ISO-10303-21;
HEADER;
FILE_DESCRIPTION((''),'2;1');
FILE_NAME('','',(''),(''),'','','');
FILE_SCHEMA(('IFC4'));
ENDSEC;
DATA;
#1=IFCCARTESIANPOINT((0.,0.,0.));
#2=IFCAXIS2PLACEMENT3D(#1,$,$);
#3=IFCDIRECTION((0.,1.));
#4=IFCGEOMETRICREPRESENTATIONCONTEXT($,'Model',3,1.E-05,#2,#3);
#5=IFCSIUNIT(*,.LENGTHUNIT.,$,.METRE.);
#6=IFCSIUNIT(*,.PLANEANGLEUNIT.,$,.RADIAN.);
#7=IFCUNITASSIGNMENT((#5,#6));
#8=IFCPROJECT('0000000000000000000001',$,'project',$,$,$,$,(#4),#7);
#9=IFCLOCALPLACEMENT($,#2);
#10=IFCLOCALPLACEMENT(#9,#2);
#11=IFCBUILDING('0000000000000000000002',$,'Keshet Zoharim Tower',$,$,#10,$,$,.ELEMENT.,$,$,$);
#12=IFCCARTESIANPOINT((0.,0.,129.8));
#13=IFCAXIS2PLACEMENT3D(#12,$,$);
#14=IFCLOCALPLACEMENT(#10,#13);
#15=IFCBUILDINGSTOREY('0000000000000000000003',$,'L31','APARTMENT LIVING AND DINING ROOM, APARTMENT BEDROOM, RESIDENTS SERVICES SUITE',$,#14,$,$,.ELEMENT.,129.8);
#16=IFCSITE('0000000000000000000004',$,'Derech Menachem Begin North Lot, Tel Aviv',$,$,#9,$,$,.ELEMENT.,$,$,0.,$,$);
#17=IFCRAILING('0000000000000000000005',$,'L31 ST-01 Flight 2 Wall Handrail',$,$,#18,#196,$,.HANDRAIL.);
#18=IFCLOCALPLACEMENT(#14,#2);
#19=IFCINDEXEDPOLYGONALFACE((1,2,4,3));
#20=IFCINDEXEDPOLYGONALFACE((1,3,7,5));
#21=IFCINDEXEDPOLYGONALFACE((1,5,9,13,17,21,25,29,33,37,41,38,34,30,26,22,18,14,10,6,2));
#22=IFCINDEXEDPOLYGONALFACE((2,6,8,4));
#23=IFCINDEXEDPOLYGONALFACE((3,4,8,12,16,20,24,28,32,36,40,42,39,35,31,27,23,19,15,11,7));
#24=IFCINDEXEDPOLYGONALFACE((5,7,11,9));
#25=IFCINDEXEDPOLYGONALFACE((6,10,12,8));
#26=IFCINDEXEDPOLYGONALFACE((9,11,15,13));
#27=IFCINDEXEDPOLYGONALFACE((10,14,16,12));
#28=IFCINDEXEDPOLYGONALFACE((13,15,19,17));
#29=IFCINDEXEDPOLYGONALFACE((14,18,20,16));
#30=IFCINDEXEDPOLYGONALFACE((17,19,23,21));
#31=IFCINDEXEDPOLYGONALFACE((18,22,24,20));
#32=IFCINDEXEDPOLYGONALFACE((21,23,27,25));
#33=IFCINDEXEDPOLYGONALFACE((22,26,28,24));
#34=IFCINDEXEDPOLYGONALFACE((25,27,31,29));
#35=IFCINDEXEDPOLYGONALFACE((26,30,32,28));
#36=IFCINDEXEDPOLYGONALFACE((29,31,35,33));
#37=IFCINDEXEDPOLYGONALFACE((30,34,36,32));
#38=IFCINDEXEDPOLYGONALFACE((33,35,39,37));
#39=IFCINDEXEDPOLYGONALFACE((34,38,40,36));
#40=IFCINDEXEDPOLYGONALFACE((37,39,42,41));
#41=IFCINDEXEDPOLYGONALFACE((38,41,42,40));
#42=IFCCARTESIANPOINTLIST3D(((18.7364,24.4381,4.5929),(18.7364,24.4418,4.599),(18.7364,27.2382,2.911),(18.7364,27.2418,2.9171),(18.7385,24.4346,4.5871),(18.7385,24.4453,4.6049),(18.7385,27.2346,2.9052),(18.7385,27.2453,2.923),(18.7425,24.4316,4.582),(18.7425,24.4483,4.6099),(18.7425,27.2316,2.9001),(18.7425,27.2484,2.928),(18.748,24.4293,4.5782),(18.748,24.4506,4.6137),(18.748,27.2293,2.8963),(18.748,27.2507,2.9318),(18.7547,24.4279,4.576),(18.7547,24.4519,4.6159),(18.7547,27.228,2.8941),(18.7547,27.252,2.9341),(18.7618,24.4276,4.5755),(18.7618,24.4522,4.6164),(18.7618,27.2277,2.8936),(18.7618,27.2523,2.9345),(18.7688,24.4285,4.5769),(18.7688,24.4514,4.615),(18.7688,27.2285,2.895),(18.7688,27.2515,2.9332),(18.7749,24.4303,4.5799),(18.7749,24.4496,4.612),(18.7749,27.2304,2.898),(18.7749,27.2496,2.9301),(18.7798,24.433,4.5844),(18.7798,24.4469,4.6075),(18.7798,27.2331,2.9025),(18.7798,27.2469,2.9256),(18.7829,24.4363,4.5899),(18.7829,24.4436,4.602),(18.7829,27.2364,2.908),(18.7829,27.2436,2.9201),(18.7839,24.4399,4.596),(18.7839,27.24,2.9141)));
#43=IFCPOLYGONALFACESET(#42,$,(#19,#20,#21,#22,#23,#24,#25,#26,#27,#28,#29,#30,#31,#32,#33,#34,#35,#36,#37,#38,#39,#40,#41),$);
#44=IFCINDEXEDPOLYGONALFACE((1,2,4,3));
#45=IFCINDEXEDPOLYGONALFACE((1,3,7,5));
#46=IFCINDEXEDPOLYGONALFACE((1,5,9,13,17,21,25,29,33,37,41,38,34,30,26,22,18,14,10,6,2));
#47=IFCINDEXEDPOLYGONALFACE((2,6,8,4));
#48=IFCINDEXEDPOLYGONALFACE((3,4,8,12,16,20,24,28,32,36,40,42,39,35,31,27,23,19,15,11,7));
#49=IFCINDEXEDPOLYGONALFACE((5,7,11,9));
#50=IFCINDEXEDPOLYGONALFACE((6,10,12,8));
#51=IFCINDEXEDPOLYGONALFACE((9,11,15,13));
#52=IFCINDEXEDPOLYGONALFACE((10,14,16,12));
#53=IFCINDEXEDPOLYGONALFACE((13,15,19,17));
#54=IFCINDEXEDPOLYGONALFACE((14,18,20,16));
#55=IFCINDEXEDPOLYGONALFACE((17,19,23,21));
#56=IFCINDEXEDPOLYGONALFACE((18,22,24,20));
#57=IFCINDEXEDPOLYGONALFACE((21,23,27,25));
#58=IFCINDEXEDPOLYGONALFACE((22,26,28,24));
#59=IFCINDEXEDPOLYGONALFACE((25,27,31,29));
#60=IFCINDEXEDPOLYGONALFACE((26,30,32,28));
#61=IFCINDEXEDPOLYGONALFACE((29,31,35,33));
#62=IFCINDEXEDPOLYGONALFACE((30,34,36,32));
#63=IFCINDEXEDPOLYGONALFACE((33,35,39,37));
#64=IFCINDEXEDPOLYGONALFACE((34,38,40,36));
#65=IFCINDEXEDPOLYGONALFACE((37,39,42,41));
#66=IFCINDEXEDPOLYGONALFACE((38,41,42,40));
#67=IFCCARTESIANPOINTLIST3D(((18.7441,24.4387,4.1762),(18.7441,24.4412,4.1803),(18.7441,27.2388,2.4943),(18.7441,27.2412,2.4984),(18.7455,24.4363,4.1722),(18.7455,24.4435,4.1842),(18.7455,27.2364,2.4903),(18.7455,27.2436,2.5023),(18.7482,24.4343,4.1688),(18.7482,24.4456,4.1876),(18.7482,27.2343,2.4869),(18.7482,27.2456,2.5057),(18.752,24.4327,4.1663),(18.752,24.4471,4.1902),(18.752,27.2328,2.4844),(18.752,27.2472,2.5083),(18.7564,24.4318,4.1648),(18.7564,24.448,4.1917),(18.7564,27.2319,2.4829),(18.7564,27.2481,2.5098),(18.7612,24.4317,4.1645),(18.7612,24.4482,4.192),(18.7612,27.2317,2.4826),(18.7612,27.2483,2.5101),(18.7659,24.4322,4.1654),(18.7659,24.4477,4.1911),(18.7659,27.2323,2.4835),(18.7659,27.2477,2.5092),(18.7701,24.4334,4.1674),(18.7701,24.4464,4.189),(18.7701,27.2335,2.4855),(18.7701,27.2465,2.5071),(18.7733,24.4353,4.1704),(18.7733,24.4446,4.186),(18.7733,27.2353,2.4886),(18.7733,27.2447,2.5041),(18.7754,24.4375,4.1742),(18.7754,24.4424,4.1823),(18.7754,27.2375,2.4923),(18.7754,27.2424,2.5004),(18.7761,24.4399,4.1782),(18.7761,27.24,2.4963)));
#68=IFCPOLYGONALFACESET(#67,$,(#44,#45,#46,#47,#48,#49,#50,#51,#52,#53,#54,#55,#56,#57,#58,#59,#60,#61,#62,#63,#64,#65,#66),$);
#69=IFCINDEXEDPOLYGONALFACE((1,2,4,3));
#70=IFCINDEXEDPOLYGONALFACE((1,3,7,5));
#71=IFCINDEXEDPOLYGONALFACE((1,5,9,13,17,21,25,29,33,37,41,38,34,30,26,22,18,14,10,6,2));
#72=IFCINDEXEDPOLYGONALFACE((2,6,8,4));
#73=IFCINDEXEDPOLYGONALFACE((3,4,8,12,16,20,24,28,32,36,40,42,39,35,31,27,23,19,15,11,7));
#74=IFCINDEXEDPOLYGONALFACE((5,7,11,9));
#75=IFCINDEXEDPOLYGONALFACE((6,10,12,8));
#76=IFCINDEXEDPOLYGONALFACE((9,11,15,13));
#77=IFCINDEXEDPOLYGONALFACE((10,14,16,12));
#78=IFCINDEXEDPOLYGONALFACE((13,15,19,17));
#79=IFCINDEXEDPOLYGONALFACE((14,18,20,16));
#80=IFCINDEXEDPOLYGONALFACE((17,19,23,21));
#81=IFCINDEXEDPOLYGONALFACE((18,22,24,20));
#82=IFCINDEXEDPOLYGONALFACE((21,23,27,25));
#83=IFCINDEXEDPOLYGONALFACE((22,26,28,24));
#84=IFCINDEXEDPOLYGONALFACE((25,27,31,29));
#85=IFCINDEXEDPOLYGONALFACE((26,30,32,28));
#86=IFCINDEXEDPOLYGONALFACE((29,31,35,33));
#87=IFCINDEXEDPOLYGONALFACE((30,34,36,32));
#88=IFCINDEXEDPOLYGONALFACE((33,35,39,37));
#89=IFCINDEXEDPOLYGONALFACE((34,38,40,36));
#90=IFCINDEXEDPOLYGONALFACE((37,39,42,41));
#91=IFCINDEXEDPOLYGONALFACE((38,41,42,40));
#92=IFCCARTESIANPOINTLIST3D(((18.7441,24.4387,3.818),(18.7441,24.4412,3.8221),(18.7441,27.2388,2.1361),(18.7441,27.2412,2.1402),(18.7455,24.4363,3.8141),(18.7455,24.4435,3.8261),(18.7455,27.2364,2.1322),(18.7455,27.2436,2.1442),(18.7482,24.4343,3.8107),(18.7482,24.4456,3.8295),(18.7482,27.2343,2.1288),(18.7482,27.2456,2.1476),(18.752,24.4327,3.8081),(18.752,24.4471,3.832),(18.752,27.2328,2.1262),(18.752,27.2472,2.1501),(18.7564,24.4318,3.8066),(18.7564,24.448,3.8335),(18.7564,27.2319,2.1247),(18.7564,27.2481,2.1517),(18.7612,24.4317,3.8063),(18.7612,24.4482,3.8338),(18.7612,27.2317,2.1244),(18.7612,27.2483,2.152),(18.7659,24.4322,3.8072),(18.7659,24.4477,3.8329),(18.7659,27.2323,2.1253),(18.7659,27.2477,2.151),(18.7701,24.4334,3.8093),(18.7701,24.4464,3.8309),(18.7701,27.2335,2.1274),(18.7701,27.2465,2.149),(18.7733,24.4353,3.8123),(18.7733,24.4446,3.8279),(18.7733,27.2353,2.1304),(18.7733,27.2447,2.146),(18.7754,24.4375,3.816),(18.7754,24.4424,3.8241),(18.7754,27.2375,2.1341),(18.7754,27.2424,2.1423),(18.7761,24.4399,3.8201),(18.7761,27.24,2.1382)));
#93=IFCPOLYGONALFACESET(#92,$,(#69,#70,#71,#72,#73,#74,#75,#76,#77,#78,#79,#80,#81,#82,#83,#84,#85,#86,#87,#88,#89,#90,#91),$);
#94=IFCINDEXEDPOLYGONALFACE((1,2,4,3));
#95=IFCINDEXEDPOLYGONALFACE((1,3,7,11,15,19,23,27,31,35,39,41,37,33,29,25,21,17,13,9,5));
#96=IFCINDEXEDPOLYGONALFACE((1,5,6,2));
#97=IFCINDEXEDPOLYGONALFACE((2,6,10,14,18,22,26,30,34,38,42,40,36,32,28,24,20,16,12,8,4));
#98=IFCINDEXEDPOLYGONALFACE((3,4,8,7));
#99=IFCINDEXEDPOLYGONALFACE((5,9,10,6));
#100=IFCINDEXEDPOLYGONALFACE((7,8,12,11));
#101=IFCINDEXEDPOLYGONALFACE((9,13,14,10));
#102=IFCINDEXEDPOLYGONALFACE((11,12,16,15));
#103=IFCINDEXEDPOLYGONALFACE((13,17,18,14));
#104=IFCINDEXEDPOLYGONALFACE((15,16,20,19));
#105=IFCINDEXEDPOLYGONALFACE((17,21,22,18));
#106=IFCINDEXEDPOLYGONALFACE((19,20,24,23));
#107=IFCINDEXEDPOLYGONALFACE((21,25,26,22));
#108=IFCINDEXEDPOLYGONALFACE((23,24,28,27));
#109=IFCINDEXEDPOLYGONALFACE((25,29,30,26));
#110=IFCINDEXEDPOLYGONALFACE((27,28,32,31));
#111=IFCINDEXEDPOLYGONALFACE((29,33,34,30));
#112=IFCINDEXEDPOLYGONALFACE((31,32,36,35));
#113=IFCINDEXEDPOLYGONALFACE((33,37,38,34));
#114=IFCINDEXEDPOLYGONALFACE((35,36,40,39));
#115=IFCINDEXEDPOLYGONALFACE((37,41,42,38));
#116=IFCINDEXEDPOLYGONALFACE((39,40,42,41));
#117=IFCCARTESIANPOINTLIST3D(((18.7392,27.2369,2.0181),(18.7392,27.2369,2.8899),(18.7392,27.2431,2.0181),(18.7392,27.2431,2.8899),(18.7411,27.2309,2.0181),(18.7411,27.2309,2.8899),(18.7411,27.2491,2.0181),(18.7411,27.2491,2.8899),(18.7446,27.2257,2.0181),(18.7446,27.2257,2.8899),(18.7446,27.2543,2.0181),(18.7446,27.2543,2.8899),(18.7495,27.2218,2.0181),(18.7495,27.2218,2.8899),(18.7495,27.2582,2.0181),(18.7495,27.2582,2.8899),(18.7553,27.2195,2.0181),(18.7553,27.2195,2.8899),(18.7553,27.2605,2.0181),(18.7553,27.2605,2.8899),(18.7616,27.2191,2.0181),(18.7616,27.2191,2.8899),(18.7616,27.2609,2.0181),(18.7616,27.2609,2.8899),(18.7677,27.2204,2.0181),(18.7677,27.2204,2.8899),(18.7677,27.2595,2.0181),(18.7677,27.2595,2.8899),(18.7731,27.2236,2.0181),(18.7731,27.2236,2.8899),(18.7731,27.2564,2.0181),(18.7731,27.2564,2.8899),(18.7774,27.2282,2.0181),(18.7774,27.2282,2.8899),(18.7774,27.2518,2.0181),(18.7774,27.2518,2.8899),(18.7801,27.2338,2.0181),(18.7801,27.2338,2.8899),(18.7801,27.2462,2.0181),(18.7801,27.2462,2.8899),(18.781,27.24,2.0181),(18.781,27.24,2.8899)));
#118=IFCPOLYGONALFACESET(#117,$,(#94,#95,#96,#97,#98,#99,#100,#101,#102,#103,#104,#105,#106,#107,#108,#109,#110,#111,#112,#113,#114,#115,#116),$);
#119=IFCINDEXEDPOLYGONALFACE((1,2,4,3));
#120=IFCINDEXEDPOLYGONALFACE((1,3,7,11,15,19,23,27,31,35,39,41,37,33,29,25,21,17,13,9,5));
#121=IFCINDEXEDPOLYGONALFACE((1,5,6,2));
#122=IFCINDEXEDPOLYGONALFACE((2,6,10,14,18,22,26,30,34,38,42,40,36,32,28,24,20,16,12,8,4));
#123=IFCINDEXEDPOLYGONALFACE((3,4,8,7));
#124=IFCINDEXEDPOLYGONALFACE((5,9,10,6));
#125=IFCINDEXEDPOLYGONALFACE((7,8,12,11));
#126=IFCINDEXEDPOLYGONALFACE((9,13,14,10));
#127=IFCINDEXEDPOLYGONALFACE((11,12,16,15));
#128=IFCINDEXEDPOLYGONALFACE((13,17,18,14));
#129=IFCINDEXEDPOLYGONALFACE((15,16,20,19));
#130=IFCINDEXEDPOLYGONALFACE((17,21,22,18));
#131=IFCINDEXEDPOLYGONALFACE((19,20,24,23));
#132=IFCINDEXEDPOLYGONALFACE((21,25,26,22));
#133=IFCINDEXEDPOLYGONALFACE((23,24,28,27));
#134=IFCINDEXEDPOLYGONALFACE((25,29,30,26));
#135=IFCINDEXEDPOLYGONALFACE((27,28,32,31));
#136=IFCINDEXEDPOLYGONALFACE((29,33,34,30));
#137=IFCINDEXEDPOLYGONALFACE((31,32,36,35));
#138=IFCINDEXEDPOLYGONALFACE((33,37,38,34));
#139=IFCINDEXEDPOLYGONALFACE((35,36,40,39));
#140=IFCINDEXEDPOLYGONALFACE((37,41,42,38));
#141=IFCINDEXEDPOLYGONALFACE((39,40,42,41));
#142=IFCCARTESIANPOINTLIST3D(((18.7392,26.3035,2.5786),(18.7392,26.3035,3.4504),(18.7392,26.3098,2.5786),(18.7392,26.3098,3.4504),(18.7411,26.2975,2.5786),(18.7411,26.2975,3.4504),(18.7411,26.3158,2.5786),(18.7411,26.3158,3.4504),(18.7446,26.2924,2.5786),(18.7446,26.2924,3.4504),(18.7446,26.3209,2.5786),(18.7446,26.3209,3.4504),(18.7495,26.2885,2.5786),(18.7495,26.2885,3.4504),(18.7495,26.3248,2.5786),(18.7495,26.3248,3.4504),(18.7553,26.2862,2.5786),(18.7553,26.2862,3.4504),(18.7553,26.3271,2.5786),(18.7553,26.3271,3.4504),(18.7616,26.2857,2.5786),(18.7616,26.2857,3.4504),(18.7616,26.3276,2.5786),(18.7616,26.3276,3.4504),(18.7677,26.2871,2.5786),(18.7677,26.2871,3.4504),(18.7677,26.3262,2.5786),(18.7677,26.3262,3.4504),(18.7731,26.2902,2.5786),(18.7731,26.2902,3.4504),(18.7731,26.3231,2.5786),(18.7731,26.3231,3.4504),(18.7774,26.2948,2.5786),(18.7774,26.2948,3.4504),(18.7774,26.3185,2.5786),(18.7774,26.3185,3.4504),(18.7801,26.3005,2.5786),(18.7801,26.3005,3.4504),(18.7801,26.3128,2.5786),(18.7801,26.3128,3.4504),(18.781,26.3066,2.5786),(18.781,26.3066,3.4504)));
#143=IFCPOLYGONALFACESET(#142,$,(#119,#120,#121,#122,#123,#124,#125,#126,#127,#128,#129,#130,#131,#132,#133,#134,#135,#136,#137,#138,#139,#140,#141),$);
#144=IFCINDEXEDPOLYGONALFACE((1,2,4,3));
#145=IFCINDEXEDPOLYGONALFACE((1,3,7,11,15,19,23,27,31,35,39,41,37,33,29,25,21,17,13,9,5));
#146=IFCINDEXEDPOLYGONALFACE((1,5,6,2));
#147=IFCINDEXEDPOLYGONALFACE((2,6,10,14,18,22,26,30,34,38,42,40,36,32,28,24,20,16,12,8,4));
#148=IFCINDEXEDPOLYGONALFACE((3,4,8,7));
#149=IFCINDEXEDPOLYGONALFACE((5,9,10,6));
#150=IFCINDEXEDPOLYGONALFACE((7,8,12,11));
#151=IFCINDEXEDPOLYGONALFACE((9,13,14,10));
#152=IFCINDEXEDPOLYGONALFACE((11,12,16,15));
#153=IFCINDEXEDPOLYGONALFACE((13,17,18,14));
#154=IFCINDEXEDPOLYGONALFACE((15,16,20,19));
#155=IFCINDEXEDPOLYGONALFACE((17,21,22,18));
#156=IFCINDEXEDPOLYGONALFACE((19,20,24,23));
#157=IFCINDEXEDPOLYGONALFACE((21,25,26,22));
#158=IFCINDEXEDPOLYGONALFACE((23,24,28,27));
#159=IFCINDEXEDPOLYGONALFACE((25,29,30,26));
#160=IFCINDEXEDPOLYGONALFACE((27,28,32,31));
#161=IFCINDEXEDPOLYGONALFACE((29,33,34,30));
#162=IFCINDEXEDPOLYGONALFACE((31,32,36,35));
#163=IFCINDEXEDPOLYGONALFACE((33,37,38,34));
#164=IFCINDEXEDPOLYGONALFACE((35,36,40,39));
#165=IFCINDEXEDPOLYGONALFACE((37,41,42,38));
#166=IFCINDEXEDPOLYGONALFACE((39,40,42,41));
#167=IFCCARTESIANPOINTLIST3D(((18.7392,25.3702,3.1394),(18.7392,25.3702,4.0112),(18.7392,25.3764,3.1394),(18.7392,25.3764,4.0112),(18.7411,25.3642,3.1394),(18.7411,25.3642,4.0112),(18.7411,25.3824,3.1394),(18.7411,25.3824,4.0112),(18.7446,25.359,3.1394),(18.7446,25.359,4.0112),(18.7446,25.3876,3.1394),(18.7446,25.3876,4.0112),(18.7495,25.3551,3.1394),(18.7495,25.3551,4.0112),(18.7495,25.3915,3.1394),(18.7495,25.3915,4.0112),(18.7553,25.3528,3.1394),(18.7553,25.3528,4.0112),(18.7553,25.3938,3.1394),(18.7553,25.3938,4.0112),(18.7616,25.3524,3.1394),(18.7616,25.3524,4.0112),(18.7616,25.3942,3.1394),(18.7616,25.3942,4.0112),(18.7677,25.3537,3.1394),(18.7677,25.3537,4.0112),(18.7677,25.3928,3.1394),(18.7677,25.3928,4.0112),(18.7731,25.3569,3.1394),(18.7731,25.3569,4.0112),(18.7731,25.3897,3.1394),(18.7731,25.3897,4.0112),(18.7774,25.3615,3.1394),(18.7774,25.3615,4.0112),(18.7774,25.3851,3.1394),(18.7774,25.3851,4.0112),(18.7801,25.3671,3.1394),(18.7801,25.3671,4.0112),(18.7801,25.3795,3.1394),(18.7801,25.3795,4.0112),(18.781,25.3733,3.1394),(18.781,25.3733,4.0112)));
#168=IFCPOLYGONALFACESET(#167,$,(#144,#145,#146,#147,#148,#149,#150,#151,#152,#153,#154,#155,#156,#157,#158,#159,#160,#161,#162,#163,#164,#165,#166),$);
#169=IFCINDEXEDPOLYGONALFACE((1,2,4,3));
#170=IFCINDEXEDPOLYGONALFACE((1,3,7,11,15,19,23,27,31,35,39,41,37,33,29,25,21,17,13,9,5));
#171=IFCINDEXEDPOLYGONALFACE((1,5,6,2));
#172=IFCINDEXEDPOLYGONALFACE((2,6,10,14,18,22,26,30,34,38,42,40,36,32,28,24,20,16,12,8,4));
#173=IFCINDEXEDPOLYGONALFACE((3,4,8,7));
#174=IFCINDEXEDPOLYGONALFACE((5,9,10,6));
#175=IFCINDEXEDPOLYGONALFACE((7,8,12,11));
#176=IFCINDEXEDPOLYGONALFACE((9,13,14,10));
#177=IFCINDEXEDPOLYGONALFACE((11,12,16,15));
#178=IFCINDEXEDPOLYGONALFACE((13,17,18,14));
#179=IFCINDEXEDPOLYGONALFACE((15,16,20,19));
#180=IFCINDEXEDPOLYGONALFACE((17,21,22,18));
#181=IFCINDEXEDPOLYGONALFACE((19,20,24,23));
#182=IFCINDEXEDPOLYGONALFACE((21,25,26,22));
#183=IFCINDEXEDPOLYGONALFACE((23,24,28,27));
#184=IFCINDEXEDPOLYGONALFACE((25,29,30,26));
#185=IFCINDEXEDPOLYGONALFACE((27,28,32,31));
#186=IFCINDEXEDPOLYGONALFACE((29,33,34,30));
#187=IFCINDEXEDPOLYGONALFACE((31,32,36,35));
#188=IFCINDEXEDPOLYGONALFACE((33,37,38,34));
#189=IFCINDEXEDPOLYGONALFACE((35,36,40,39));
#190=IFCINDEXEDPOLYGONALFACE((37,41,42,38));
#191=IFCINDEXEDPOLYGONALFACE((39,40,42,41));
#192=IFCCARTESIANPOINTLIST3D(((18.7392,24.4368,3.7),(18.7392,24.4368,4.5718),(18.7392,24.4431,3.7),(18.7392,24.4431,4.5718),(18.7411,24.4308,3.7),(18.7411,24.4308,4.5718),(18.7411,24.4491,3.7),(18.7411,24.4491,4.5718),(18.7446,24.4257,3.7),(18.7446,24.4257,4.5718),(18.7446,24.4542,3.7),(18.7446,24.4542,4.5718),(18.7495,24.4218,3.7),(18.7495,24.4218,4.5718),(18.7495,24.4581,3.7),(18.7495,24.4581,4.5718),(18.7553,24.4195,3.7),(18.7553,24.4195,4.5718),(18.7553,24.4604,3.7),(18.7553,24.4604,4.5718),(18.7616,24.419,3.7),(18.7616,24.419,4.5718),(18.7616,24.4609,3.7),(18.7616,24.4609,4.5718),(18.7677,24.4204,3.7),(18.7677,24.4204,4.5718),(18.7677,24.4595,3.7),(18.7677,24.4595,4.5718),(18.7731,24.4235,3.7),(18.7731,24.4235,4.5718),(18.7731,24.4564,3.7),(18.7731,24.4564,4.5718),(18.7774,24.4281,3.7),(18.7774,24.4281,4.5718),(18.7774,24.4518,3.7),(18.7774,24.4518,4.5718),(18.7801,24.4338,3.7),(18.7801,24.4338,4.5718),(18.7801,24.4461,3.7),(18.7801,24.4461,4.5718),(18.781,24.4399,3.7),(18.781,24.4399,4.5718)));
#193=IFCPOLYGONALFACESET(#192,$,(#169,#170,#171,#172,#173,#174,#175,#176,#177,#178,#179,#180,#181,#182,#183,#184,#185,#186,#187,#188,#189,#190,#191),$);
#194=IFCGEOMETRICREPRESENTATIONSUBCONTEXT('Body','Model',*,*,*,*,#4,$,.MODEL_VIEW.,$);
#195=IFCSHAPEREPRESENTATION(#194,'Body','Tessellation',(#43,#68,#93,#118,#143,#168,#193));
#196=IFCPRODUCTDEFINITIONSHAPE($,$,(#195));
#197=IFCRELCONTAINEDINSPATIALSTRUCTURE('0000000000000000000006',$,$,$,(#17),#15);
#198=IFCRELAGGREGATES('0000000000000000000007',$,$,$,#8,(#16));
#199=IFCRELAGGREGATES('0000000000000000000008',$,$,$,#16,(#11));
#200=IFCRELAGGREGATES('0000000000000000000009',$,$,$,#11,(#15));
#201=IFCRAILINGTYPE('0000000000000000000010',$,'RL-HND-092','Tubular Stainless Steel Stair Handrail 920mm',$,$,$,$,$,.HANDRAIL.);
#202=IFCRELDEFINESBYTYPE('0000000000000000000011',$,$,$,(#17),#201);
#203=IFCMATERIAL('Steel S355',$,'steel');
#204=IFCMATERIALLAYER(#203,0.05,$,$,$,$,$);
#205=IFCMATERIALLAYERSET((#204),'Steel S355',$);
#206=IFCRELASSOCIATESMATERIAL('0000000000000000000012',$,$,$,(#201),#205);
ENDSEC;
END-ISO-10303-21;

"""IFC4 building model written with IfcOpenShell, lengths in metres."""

from ifc_helpers import new_model, si_unit, direction, frame, origin, origin_2d, place, context, subcontext, project, spatial, circle, extrude, material, layer, layer_set, type_object, element, save


model = new_model("IFC4")

# Units and contexts
model_context = context("Model", 3, precision=1e-05, world=origin(), true_north=direction((0.0, 1.0)))
body_context = subcontext(model_context, "Body", "Model", "MODEL_VIEW")
ifc_project = project(units=[si_unit("LENGTHUNIT", "METRE"), si_unit("PLANEANGLEUNIT", "RADIAN")], contexts=[model_context])

# Site, building, storey
site_placement = place(None, origin())
site = spatial("IfcSite", under=ifc_project, at=site_placement, Name="Derech Menachem Begin North Lot, Tel Aviv", CompositionType="ELEMENT", RefElevation=0.0)
building_placement = place(site_placement, origin())
building = spatial("IfcBuilding", under=site, at=building_placement, Name="Keshet Zoharim Tower", CompositionType="ELEMENT")
storey_placement = place(building_placement, frame((0.0, 0.0, 129.8)))
storey = spatial("IfcBuildingStorey", under=building, at=storey_placement, Name="L31", Description="APARTMENT LIVING AND DINING ROOM, APARTMENT BEDROOM, RESIDENTS SERVICES SUITE", CompositionType="ELEMENT", Elevation=129.8)

# Shared definitions
ifc_material_1 = material(Name="Steel S355", Category="steel")

# Railing
ifc_layer_1 = layer(ifc_material_1, 0.05)
ifc_layer_set_1 = layer_set([ifc_layer_1], Name="Steel S355")
railing_type_1 = type_object("IfcRailingType", Name="RL-HND-092", Description="Tubular Stainless Steel Stair Handrail 920mm", PredefinedType="HANDRAIL", material=ifc_layer_set_1)
railing_1_placement = place(storey_placement, frame((18.76, 27.24, 2.0181)))
element("IfcRailing", 1, at=railing_1_placement, inside=storey, type_object=railing_type_1, Name="L31 ST-01 Flight 2 Wall Handrail", PredefinedType="HANDRAIL", context=body_context, shape_type="SweptSolid", body=[
    extrude(circle(Radius=0.0239, at=origin_2d()), frame((0.0, 0.0, 0.896), z_axis=(0.0, -0.857242, 0.514913), x_axis=(1.0, 0.0, 0.0)), (0.0, 0.0, 1.0), 3.2664),
    extrude(circle(Radius=0.0161, at=origin_2d()), frame((0.0, 0.0, 0.4783), z_axis=(0.0, -0.857242, 0.514913), x_axis=(1.0, 0.0, 0.0)), (0.0, 0.0, 1.0), 3.2664),
    extrude(circle(Radius=0.0161, at=origin_2d()), frame((0.0, 0.0, 0.1201), z_axis=(0.0, -0.857242, 0.514913), x_axis=(1.0, 0.0, 0.0)), (0.0, 0.0, 1.0), 3.2664),
    extrude(circle(Radius=0.021, at=origin_2d()), origin(), (0.0, 0.0, 1.0), 0.8718),
    extrude(circle(Radius=0.021, at=origin_2d()), frame((0.0, -0.9333, 0.5605)), (0.0, 0.0, 1.0), 0.8718),
    extrude(circle(Radius=0.021, at=origin_2d()), frame((0.0, -1.8667, 1.1213)), (0.0, 0.0, 1.0), 0.8718),
    extrude(circle(Radius=0.021, at=origin_2d()), frame((0.0, -2.8, 1.6819)), (0.0, 0.0, 1.0), 0.8718),
])

save(model, "model.ifc")
